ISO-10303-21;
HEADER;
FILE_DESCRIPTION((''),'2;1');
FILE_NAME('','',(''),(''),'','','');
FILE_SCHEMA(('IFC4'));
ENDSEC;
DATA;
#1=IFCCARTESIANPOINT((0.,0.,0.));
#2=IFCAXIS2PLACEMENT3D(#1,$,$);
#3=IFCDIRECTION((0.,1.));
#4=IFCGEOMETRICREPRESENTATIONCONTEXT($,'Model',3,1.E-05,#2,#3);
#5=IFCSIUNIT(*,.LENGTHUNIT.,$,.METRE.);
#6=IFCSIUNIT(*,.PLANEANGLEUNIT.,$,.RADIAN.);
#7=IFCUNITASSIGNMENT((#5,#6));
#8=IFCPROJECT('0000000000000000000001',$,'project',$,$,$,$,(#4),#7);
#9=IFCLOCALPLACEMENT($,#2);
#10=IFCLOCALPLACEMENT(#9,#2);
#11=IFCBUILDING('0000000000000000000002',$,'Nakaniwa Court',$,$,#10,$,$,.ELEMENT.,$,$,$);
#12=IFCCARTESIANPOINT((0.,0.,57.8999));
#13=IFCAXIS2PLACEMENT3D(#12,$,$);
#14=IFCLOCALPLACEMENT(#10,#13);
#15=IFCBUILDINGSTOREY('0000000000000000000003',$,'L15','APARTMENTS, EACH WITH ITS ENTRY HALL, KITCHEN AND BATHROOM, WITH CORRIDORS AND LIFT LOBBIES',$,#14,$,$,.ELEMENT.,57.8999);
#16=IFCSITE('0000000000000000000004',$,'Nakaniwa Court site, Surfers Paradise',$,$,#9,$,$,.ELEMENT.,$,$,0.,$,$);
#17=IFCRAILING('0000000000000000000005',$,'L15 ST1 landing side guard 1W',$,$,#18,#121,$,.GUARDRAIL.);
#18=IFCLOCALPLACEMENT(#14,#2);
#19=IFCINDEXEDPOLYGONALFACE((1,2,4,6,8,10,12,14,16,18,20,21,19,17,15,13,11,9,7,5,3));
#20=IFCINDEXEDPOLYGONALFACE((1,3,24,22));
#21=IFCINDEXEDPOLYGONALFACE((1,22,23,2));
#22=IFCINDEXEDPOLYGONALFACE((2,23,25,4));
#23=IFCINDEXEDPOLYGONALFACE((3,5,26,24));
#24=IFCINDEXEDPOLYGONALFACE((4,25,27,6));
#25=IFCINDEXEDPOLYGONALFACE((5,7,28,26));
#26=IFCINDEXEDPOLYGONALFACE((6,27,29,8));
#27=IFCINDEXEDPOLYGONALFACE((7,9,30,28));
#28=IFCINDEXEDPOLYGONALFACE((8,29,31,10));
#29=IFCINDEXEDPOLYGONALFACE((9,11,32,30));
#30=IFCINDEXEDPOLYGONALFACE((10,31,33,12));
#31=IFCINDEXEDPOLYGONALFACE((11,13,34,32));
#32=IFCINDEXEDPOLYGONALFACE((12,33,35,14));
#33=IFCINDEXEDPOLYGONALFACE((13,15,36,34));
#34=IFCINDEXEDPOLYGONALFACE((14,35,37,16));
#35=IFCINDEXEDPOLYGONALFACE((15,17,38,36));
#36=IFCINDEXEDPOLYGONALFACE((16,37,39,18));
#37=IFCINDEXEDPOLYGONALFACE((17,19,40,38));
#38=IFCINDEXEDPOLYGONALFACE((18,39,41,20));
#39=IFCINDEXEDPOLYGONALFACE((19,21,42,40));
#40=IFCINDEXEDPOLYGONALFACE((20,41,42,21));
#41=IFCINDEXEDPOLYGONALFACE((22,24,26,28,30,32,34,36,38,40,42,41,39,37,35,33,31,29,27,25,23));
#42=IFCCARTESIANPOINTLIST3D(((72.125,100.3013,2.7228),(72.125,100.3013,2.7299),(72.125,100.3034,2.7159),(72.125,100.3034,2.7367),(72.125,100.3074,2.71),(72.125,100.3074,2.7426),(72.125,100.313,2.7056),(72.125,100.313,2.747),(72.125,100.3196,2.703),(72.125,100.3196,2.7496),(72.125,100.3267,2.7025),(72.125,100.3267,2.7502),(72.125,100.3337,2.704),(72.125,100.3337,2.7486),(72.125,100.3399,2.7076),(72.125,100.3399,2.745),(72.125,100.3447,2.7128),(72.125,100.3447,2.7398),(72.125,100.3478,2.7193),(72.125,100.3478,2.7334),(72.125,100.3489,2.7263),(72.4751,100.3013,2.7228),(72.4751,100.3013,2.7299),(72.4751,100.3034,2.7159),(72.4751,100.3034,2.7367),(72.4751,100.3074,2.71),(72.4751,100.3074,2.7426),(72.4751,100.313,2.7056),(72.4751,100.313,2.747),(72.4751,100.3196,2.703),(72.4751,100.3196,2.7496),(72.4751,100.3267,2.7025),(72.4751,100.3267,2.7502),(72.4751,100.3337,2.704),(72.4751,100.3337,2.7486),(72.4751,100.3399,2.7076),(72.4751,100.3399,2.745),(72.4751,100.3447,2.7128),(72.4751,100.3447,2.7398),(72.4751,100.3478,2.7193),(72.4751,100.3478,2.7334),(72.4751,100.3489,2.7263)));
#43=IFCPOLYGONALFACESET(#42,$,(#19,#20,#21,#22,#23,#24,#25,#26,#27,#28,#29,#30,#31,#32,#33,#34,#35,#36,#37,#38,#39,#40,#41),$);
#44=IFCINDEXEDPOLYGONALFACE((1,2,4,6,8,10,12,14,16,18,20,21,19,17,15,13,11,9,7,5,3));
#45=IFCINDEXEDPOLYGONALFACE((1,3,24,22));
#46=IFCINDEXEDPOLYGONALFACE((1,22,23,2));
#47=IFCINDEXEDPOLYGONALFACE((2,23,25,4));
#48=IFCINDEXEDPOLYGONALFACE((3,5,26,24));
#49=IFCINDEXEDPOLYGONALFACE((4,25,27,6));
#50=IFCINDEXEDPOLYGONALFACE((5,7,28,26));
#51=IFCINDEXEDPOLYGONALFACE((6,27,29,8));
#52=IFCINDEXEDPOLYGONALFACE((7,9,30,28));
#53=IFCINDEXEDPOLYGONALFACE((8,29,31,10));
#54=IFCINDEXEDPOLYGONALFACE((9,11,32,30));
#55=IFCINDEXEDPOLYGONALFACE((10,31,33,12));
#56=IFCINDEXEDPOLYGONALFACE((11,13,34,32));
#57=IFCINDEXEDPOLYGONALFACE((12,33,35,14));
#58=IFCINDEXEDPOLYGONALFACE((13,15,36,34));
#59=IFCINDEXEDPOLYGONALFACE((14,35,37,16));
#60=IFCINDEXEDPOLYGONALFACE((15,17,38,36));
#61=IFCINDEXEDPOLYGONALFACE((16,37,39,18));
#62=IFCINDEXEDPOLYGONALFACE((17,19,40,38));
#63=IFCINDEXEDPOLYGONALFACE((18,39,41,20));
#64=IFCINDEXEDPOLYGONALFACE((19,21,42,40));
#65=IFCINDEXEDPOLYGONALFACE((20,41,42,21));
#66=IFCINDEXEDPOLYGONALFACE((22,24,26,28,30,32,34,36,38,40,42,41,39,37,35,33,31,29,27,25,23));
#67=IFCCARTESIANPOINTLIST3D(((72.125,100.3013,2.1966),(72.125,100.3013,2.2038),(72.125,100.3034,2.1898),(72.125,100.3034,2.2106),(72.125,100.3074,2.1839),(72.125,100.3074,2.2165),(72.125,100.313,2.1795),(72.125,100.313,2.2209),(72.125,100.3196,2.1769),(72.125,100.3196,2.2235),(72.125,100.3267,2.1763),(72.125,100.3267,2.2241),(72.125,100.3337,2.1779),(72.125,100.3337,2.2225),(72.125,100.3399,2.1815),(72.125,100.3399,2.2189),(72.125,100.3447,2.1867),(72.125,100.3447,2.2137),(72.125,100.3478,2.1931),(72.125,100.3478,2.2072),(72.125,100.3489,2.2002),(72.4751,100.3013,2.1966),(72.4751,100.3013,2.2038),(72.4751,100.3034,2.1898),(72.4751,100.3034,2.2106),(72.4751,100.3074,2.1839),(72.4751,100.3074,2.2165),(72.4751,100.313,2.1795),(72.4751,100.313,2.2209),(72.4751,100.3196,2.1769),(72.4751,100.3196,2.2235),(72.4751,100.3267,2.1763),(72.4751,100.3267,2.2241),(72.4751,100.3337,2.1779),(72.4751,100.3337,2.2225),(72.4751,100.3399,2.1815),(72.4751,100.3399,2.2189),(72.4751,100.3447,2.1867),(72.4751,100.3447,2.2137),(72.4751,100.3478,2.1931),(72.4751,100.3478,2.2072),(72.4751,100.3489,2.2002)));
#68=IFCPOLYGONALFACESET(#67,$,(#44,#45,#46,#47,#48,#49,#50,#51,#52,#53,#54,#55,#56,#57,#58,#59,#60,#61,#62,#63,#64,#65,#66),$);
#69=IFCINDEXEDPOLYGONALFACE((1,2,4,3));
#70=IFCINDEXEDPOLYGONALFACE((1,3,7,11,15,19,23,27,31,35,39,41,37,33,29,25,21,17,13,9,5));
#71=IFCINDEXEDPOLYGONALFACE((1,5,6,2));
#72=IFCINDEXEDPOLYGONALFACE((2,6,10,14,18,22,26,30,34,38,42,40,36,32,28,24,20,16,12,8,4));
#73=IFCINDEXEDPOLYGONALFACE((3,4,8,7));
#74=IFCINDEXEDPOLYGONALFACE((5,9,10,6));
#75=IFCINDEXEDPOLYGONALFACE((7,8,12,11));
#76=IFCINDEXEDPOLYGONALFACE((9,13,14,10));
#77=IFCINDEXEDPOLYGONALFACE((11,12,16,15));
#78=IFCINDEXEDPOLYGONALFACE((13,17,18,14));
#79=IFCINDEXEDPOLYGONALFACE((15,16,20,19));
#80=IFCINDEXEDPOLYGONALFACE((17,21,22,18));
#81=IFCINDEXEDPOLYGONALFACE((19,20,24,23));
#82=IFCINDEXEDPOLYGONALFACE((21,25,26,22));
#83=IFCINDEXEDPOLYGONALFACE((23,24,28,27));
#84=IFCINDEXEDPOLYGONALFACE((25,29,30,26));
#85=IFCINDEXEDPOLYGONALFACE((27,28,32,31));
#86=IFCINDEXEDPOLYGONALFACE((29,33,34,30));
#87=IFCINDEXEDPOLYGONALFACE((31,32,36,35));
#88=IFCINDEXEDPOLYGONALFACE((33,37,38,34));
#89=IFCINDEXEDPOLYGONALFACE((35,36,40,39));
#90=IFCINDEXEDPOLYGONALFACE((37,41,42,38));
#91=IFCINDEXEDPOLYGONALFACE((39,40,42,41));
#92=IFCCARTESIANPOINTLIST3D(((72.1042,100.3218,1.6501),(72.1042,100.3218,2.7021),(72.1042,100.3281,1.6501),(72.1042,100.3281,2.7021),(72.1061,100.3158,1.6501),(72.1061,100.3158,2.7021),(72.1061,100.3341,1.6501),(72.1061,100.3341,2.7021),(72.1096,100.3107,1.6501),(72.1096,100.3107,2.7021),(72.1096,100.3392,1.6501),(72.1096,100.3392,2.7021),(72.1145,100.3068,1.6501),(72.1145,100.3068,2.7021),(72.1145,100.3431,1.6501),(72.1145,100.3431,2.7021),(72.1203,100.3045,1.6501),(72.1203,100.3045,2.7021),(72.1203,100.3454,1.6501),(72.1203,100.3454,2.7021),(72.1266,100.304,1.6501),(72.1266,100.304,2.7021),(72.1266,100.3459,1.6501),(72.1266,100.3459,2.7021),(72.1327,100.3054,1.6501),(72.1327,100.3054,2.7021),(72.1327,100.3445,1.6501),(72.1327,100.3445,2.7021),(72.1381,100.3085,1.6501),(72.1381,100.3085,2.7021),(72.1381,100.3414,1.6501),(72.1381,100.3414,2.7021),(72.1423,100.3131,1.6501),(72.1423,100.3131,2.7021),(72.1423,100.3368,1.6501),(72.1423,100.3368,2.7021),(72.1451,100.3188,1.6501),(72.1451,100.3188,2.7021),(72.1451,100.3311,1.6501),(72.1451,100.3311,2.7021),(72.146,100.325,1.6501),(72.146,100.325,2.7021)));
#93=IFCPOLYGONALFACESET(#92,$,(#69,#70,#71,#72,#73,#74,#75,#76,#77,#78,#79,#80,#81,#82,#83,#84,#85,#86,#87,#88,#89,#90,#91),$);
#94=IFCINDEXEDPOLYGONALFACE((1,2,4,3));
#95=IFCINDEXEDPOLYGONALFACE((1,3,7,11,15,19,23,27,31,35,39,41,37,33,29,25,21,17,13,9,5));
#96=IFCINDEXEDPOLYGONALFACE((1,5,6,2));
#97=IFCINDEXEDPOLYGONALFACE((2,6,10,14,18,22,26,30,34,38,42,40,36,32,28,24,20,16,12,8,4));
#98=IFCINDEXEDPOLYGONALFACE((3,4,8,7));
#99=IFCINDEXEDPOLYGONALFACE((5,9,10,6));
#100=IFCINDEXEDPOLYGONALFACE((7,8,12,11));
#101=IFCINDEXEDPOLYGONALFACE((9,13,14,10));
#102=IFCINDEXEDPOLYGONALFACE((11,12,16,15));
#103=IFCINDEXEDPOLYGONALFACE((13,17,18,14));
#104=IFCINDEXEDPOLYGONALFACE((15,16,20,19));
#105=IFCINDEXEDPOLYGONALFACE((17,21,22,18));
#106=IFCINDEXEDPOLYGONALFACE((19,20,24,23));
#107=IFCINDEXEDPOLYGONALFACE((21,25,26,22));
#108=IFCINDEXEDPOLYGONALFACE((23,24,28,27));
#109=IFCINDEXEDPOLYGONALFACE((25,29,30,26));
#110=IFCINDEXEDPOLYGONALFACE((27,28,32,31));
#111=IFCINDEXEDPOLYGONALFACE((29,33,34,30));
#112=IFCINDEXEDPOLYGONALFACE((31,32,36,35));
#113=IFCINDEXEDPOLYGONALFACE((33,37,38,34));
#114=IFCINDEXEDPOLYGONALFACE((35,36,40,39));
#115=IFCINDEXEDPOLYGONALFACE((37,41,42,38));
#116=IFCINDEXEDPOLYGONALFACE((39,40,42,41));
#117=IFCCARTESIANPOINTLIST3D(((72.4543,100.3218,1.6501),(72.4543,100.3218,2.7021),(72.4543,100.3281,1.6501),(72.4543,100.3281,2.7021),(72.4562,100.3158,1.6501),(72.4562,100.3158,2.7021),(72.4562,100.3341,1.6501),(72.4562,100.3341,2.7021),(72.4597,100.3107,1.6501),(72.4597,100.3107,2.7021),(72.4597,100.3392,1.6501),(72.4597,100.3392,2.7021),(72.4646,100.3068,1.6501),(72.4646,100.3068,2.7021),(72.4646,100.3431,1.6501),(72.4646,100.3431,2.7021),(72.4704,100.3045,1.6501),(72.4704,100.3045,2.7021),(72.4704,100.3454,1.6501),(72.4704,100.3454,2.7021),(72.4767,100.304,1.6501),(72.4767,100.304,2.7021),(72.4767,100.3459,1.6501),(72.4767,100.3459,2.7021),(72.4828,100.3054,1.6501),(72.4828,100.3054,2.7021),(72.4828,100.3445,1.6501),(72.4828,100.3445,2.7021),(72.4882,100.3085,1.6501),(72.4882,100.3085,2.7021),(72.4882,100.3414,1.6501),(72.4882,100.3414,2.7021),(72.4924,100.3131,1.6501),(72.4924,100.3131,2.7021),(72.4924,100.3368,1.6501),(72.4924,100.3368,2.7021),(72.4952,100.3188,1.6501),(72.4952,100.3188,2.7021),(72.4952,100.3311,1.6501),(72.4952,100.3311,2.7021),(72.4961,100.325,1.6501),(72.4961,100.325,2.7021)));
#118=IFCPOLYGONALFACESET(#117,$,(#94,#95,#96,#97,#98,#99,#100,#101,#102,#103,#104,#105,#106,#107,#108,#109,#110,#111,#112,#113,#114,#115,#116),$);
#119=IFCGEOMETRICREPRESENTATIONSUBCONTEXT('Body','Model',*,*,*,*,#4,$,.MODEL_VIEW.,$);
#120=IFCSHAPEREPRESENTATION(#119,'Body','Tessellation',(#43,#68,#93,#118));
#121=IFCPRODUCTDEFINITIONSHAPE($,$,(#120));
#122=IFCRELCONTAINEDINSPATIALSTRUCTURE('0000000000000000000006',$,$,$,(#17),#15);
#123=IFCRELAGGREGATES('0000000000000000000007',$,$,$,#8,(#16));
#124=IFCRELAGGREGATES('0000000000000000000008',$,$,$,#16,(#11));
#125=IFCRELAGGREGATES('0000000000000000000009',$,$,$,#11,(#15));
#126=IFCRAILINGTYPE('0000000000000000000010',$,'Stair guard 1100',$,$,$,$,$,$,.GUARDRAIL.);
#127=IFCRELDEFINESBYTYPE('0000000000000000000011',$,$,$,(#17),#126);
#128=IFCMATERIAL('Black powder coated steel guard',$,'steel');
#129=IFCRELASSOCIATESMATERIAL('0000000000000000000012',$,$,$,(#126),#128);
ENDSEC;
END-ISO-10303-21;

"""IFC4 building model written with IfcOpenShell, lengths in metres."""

from ifc_helpers import new_model, si_unit, direction, frame, origin, origin_2d, place, context, subcontext, project, spatial, circle, extrude, material, type_object, element, save


model = new_model("IFC4")

# Units and contexts
model_context = context("Model", 3, precision=1e-05, world=origin(), true_north=direction((0.0, 1.0)))
body_context = subcontext(model_context, "Body", "Model", "MODEL_VIEW")
ifc_project = project(units=[si_unit("LENGTHUNIT", "METRE"), si_unit("PLANEANGLEUNIT", "RADIAN")], contexts=[model_context])

# Site, building, storey
site_placement = place(None, origin())
site = spatial("IfcSite", under=ifc_project, at=site_placement, Name="Nakaniwa Court site, Surfers Paradise", CompositionType="ELEMENT", RefElevation=0.0)
building_placement = place(site_placement, origin())
building = spatial("IfcBuilding", under=site, at=building_placement, Name="Nakaniwa Court", CompositionType="ELEMENT")
storey_placement = place(building_placement, frame((0.0, 0.0, 57.8999)))
storey = spatial("IfcBuildingStorey", under=building, at=storey_placement, Name="L15", Description="APARTMENTS, EACH WITH ITS ENTRY HALL, KITCHEN AND BATHROOM, WITH CORRIDORS AND LIFT LOBBIES", CompositionType="ELEMENT", Elevation=57.8999)

# Railing
ifc_material_1 = material(Name="Black powder coated steel guard", Category="steel")
railing_type_1 = type_object("IfcRailingType", Name="Stair guard 1100", PredefinedType="GUARDRAIL", material=ifc_material_1)
for number, where, name in (
    (1, (72.125, 100.325, 1.6501), "L15 ST1 landing side guard 1W"),
):
    element("IfcRailing", number, at=place(storey_placement, frame(where)), inside=storey, type_object=railing_type_1, Name=name, PredefinedType="GUARDRAIL", context=body_context, shape_type="SweptSolid", body=[
        extrude(circle(Radius=0.0239, at=origin_2d()), frame((0.0, 0.0, 1.0762), z_axis=(1.0, 0.0, 0.0), x_axis=(0.0, 1.0, 0.0)), (0.0, 0.0, 1.0), 0.3501),
        extrude(circle(Radius=0.0239, at=origin_2d()), frame((0.0, 0.0, 0.55), z_axis=(1.0, 0.0, 0.0), x_axis=(0.0, 1.0, 0.0)), (0.0, 0.0, 1.0), 0.3501),
        extrude(circle(Radius=0.021, at=origin_2d()), origin(), (0.0, 0.0, 1.0), 1.052),
        extrude(circle(Radius=0.021, at=origin_2d()), frame((0.3501, 0.0, 0.0)), (0.0, 0.0, 1.0), 1.052),
    ])

save(model, "model.ifc")
